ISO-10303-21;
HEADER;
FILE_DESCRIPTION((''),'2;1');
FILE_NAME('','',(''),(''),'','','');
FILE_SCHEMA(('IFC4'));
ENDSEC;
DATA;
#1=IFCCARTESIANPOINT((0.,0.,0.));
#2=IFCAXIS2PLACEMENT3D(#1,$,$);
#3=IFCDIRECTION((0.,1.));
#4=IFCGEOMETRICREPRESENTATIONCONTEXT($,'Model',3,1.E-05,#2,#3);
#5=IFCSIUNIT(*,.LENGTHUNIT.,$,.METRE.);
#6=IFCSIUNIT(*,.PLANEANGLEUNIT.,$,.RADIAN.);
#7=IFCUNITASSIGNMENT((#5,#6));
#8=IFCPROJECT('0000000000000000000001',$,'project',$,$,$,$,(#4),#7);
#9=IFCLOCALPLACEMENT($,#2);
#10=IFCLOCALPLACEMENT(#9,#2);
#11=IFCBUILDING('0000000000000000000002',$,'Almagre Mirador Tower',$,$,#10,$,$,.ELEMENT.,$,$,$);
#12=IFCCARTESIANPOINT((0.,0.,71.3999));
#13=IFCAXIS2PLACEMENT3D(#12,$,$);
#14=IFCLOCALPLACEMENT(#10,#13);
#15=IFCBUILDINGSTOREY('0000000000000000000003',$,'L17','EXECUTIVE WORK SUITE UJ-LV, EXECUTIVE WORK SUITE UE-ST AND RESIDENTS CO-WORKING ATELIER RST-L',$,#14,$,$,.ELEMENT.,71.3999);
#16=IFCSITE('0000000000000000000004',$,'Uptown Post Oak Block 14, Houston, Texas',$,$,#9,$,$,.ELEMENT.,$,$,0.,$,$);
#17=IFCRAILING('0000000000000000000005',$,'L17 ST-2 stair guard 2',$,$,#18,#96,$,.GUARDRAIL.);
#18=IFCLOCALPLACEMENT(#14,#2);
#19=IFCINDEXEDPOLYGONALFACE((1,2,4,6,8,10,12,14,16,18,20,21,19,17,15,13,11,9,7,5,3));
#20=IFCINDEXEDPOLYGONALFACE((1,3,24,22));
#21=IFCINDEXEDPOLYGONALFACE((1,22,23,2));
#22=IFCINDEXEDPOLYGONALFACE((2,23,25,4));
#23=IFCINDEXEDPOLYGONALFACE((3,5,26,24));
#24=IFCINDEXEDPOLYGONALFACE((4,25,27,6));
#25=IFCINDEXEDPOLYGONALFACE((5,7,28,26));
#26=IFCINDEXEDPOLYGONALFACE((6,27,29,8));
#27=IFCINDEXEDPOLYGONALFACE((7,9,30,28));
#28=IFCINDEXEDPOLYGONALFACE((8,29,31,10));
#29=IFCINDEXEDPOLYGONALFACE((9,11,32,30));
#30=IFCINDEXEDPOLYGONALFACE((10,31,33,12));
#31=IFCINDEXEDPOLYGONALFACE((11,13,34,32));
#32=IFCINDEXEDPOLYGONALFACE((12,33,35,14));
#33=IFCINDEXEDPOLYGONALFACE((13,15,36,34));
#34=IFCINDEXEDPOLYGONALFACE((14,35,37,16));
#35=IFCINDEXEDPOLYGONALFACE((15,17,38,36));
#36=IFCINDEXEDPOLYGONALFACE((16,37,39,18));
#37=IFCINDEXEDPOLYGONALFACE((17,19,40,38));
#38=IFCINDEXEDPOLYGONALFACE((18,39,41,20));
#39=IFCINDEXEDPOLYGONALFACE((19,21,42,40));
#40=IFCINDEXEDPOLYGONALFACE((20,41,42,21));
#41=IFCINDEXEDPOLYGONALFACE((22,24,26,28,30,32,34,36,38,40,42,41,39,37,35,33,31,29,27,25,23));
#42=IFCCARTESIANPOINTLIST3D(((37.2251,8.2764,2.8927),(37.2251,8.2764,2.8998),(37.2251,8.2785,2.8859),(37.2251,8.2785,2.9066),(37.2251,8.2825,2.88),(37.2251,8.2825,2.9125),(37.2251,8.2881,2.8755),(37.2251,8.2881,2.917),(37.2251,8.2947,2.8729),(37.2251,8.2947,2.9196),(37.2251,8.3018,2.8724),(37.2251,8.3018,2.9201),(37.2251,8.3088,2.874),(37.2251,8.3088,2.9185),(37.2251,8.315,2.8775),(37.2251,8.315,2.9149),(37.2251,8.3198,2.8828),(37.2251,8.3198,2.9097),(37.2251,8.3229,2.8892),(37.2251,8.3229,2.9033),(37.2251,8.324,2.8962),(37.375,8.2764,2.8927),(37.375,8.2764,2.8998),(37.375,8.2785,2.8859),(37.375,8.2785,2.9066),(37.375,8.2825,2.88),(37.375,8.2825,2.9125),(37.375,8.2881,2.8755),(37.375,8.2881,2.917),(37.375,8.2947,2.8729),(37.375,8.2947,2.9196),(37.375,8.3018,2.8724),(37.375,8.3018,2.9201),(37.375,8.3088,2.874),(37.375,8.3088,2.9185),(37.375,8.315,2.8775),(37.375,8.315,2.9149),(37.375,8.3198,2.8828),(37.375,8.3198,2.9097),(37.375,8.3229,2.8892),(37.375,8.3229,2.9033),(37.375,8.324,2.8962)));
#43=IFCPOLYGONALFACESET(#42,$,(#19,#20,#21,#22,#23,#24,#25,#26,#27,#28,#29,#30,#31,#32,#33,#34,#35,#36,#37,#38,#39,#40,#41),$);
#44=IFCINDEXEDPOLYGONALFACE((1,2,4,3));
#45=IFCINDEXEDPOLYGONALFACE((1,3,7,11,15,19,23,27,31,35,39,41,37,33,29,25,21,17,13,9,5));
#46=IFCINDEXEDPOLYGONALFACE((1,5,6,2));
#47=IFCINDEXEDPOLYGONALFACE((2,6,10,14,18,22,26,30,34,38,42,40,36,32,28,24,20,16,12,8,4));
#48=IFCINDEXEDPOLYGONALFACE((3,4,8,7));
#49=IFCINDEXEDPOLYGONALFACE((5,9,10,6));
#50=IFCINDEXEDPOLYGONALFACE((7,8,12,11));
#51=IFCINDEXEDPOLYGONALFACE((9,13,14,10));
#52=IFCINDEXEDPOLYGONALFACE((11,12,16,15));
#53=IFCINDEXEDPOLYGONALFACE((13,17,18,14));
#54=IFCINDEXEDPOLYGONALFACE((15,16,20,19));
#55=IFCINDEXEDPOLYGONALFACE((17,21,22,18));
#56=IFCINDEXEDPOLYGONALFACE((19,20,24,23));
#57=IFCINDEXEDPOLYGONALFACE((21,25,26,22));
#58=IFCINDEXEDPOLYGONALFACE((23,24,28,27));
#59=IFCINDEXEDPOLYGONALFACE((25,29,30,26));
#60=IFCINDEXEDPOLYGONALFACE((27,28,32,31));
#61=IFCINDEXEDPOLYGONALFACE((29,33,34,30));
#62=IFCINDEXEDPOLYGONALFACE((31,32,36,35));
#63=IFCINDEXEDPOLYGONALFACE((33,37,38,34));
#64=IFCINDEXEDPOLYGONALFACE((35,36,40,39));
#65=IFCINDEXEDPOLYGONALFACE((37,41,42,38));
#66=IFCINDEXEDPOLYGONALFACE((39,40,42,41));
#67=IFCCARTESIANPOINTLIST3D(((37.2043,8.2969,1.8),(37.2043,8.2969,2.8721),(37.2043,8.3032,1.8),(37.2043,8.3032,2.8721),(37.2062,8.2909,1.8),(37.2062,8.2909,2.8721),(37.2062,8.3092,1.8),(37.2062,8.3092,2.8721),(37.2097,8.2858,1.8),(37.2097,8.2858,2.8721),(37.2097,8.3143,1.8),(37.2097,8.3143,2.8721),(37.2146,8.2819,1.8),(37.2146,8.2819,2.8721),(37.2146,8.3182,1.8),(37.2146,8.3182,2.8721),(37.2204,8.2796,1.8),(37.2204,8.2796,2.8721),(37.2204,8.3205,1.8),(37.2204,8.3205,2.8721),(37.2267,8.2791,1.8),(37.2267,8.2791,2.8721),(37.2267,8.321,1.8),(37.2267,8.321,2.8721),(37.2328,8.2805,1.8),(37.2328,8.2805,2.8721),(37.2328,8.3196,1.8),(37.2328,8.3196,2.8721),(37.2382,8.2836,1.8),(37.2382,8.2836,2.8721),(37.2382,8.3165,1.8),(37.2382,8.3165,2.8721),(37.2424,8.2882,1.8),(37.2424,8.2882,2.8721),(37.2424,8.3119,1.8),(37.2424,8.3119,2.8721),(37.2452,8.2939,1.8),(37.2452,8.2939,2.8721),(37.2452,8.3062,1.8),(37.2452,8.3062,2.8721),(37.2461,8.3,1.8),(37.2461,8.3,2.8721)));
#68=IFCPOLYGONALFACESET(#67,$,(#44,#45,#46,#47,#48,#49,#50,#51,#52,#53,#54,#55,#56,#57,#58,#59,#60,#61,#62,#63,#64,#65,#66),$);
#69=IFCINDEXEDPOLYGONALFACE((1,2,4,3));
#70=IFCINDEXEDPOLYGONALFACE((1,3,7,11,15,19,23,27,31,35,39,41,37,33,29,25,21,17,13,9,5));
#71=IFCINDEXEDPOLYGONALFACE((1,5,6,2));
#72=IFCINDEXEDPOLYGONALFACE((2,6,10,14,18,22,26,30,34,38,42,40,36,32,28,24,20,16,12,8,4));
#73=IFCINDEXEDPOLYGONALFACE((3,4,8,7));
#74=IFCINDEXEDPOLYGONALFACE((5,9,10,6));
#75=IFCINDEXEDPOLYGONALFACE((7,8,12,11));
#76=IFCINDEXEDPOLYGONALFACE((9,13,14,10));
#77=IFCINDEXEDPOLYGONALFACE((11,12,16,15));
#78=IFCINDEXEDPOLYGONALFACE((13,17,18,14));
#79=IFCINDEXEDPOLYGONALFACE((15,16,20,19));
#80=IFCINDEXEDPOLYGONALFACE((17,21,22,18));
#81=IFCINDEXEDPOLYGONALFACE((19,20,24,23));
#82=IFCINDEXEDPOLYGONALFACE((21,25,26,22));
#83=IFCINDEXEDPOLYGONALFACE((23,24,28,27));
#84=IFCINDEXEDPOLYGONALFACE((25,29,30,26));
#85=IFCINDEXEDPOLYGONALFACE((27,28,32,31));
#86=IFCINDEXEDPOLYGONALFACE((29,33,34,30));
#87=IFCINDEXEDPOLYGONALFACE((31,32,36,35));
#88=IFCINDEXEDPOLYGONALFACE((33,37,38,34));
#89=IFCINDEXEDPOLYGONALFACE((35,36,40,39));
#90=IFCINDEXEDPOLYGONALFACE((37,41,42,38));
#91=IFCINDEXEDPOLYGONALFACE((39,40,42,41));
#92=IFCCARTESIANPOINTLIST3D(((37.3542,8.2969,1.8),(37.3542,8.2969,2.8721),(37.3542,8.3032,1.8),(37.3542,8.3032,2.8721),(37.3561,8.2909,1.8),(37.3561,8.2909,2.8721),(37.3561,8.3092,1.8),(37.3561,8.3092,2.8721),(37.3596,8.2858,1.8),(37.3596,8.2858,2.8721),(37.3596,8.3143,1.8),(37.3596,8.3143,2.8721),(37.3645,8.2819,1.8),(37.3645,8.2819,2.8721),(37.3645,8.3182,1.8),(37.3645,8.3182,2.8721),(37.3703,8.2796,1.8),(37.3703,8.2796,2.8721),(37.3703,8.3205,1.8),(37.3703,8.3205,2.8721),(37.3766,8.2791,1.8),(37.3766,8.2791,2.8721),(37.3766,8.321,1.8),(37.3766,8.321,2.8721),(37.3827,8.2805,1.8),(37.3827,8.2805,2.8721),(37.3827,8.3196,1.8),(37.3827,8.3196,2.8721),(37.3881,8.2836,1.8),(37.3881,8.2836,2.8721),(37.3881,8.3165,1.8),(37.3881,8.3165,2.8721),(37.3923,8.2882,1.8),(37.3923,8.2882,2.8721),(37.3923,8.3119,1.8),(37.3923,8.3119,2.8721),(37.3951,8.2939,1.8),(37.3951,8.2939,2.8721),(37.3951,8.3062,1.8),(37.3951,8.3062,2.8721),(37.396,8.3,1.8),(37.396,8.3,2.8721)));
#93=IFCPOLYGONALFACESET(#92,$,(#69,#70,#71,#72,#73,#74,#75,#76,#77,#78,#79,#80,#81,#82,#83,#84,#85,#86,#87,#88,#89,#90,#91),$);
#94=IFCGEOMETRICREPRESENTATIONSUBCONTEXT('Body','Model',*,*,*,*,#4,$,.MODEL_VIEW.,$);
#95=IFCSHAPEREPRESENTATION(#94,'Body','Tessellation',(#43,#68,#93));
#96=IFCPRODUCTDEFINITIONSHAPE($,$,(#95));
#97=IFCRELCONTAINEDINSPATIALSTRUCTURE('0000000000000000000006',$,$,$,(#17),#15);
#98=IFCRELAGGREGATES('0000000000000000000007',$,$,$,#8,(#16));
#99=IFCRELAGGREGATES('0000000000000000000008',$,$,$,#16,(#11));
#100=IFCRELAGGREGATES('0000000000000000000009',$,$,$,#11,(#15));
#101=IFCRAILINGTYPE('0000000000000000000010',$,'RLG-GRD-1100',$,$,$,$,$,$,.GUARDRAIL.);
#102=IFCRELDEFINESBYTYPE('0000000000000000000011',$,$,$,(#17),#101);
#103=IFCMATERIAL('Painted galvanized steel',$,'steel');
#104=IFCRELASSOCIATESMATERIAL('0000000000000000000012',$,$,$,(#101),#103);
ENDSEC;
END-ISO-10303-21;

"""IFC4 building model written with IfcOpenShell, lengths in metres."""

from ifc_helpers import new_model, si_unit, direction, frame, origin, origin_2d, place, context, subcontext, project, spatial, circle, extrude, material, type_object, element, save


model = new_model("IFC4")

# Units and contexts
model_context = context("Model", 3, precision=1e-05, world=origin(), true_north=direction((0.0, 1.0)))
body_context = subcontext(model_context, "Body", "Model", "MODEL_VIEW")
ifc_project = project(units=[si_unit("LENGTHUNIT", "METRE"), si_unit("PLANEANGLEUNIT", "RADIAN")], contexts=[model_context])

# Site, building, storey
site_placement = place(None, origin())
site = spatial("IfcSite", under=ifc_project, at=site_placement, Name="Uptown Post Oak Block 14, Houston, Texas", CompositionType="ELEMENT", RefElevation=0.0)
building_placement = place(site_placement, origin())
building = spatial("IfcBuilding", under=site, at=building_placement, Name="Almagre Mirador Tower", CompositionType="ELEMENT")
storey_placement = place(building_placement, frame((0.0, 0.0, 71.3999)))
storey = spatial("IfcBuildingStorey", under=building, at=storey_placement, Name="L17", Description="EXECUTIVE WORK SUITE UJ-LV, EXECUTIVE WORK SUITE UE-ST AND RESIDENTS CO-WORKING ATELIER RST-L", CompositionType="ELEMENT", Elevation=71.3999)

# Railing
ifc_material_1 = material(Name="Painted galvanized steel", Category="steel")
railing_type_1 = type_object("IfcRailingType", Name="RLG-GRD-1100", PredefinedType="GUARDRAIL", material=ifc_material_1)
railing_1_placement = place(storey_placement, frame((37.2251, 8.3, 1.8)))
element("IfcRailing", 1, at=railing_1_placement, inside=storey, type_object=railing_type_1, Name="L17 ST-2 stair guard 2", PredefinedType="GUARDRAIL", context=body_context, shape_type="SweptSolid", body=[
    extrude(circle(Radius=0.0239, at=origin_2d()), frame((0.0, 0.0, 1.0962), z_axis=(1.0, 0.0, 0.0), x_axis=(0.0, 1.0, 0.0)), (0.0, 0.0, 1.0), 0.1499),
    extrude(circle(Radius=0.021, at=origin_2d()), origin(), (0.0, 0.0, 1.0), 1.072),
    extrude(circle(Radius=0.021, at=origin_2d()), frame((0.1499, 0.0, 0.0)), (0.0, 0.0, 1.0), 1.072),
])

save(model, "model.ifc")
